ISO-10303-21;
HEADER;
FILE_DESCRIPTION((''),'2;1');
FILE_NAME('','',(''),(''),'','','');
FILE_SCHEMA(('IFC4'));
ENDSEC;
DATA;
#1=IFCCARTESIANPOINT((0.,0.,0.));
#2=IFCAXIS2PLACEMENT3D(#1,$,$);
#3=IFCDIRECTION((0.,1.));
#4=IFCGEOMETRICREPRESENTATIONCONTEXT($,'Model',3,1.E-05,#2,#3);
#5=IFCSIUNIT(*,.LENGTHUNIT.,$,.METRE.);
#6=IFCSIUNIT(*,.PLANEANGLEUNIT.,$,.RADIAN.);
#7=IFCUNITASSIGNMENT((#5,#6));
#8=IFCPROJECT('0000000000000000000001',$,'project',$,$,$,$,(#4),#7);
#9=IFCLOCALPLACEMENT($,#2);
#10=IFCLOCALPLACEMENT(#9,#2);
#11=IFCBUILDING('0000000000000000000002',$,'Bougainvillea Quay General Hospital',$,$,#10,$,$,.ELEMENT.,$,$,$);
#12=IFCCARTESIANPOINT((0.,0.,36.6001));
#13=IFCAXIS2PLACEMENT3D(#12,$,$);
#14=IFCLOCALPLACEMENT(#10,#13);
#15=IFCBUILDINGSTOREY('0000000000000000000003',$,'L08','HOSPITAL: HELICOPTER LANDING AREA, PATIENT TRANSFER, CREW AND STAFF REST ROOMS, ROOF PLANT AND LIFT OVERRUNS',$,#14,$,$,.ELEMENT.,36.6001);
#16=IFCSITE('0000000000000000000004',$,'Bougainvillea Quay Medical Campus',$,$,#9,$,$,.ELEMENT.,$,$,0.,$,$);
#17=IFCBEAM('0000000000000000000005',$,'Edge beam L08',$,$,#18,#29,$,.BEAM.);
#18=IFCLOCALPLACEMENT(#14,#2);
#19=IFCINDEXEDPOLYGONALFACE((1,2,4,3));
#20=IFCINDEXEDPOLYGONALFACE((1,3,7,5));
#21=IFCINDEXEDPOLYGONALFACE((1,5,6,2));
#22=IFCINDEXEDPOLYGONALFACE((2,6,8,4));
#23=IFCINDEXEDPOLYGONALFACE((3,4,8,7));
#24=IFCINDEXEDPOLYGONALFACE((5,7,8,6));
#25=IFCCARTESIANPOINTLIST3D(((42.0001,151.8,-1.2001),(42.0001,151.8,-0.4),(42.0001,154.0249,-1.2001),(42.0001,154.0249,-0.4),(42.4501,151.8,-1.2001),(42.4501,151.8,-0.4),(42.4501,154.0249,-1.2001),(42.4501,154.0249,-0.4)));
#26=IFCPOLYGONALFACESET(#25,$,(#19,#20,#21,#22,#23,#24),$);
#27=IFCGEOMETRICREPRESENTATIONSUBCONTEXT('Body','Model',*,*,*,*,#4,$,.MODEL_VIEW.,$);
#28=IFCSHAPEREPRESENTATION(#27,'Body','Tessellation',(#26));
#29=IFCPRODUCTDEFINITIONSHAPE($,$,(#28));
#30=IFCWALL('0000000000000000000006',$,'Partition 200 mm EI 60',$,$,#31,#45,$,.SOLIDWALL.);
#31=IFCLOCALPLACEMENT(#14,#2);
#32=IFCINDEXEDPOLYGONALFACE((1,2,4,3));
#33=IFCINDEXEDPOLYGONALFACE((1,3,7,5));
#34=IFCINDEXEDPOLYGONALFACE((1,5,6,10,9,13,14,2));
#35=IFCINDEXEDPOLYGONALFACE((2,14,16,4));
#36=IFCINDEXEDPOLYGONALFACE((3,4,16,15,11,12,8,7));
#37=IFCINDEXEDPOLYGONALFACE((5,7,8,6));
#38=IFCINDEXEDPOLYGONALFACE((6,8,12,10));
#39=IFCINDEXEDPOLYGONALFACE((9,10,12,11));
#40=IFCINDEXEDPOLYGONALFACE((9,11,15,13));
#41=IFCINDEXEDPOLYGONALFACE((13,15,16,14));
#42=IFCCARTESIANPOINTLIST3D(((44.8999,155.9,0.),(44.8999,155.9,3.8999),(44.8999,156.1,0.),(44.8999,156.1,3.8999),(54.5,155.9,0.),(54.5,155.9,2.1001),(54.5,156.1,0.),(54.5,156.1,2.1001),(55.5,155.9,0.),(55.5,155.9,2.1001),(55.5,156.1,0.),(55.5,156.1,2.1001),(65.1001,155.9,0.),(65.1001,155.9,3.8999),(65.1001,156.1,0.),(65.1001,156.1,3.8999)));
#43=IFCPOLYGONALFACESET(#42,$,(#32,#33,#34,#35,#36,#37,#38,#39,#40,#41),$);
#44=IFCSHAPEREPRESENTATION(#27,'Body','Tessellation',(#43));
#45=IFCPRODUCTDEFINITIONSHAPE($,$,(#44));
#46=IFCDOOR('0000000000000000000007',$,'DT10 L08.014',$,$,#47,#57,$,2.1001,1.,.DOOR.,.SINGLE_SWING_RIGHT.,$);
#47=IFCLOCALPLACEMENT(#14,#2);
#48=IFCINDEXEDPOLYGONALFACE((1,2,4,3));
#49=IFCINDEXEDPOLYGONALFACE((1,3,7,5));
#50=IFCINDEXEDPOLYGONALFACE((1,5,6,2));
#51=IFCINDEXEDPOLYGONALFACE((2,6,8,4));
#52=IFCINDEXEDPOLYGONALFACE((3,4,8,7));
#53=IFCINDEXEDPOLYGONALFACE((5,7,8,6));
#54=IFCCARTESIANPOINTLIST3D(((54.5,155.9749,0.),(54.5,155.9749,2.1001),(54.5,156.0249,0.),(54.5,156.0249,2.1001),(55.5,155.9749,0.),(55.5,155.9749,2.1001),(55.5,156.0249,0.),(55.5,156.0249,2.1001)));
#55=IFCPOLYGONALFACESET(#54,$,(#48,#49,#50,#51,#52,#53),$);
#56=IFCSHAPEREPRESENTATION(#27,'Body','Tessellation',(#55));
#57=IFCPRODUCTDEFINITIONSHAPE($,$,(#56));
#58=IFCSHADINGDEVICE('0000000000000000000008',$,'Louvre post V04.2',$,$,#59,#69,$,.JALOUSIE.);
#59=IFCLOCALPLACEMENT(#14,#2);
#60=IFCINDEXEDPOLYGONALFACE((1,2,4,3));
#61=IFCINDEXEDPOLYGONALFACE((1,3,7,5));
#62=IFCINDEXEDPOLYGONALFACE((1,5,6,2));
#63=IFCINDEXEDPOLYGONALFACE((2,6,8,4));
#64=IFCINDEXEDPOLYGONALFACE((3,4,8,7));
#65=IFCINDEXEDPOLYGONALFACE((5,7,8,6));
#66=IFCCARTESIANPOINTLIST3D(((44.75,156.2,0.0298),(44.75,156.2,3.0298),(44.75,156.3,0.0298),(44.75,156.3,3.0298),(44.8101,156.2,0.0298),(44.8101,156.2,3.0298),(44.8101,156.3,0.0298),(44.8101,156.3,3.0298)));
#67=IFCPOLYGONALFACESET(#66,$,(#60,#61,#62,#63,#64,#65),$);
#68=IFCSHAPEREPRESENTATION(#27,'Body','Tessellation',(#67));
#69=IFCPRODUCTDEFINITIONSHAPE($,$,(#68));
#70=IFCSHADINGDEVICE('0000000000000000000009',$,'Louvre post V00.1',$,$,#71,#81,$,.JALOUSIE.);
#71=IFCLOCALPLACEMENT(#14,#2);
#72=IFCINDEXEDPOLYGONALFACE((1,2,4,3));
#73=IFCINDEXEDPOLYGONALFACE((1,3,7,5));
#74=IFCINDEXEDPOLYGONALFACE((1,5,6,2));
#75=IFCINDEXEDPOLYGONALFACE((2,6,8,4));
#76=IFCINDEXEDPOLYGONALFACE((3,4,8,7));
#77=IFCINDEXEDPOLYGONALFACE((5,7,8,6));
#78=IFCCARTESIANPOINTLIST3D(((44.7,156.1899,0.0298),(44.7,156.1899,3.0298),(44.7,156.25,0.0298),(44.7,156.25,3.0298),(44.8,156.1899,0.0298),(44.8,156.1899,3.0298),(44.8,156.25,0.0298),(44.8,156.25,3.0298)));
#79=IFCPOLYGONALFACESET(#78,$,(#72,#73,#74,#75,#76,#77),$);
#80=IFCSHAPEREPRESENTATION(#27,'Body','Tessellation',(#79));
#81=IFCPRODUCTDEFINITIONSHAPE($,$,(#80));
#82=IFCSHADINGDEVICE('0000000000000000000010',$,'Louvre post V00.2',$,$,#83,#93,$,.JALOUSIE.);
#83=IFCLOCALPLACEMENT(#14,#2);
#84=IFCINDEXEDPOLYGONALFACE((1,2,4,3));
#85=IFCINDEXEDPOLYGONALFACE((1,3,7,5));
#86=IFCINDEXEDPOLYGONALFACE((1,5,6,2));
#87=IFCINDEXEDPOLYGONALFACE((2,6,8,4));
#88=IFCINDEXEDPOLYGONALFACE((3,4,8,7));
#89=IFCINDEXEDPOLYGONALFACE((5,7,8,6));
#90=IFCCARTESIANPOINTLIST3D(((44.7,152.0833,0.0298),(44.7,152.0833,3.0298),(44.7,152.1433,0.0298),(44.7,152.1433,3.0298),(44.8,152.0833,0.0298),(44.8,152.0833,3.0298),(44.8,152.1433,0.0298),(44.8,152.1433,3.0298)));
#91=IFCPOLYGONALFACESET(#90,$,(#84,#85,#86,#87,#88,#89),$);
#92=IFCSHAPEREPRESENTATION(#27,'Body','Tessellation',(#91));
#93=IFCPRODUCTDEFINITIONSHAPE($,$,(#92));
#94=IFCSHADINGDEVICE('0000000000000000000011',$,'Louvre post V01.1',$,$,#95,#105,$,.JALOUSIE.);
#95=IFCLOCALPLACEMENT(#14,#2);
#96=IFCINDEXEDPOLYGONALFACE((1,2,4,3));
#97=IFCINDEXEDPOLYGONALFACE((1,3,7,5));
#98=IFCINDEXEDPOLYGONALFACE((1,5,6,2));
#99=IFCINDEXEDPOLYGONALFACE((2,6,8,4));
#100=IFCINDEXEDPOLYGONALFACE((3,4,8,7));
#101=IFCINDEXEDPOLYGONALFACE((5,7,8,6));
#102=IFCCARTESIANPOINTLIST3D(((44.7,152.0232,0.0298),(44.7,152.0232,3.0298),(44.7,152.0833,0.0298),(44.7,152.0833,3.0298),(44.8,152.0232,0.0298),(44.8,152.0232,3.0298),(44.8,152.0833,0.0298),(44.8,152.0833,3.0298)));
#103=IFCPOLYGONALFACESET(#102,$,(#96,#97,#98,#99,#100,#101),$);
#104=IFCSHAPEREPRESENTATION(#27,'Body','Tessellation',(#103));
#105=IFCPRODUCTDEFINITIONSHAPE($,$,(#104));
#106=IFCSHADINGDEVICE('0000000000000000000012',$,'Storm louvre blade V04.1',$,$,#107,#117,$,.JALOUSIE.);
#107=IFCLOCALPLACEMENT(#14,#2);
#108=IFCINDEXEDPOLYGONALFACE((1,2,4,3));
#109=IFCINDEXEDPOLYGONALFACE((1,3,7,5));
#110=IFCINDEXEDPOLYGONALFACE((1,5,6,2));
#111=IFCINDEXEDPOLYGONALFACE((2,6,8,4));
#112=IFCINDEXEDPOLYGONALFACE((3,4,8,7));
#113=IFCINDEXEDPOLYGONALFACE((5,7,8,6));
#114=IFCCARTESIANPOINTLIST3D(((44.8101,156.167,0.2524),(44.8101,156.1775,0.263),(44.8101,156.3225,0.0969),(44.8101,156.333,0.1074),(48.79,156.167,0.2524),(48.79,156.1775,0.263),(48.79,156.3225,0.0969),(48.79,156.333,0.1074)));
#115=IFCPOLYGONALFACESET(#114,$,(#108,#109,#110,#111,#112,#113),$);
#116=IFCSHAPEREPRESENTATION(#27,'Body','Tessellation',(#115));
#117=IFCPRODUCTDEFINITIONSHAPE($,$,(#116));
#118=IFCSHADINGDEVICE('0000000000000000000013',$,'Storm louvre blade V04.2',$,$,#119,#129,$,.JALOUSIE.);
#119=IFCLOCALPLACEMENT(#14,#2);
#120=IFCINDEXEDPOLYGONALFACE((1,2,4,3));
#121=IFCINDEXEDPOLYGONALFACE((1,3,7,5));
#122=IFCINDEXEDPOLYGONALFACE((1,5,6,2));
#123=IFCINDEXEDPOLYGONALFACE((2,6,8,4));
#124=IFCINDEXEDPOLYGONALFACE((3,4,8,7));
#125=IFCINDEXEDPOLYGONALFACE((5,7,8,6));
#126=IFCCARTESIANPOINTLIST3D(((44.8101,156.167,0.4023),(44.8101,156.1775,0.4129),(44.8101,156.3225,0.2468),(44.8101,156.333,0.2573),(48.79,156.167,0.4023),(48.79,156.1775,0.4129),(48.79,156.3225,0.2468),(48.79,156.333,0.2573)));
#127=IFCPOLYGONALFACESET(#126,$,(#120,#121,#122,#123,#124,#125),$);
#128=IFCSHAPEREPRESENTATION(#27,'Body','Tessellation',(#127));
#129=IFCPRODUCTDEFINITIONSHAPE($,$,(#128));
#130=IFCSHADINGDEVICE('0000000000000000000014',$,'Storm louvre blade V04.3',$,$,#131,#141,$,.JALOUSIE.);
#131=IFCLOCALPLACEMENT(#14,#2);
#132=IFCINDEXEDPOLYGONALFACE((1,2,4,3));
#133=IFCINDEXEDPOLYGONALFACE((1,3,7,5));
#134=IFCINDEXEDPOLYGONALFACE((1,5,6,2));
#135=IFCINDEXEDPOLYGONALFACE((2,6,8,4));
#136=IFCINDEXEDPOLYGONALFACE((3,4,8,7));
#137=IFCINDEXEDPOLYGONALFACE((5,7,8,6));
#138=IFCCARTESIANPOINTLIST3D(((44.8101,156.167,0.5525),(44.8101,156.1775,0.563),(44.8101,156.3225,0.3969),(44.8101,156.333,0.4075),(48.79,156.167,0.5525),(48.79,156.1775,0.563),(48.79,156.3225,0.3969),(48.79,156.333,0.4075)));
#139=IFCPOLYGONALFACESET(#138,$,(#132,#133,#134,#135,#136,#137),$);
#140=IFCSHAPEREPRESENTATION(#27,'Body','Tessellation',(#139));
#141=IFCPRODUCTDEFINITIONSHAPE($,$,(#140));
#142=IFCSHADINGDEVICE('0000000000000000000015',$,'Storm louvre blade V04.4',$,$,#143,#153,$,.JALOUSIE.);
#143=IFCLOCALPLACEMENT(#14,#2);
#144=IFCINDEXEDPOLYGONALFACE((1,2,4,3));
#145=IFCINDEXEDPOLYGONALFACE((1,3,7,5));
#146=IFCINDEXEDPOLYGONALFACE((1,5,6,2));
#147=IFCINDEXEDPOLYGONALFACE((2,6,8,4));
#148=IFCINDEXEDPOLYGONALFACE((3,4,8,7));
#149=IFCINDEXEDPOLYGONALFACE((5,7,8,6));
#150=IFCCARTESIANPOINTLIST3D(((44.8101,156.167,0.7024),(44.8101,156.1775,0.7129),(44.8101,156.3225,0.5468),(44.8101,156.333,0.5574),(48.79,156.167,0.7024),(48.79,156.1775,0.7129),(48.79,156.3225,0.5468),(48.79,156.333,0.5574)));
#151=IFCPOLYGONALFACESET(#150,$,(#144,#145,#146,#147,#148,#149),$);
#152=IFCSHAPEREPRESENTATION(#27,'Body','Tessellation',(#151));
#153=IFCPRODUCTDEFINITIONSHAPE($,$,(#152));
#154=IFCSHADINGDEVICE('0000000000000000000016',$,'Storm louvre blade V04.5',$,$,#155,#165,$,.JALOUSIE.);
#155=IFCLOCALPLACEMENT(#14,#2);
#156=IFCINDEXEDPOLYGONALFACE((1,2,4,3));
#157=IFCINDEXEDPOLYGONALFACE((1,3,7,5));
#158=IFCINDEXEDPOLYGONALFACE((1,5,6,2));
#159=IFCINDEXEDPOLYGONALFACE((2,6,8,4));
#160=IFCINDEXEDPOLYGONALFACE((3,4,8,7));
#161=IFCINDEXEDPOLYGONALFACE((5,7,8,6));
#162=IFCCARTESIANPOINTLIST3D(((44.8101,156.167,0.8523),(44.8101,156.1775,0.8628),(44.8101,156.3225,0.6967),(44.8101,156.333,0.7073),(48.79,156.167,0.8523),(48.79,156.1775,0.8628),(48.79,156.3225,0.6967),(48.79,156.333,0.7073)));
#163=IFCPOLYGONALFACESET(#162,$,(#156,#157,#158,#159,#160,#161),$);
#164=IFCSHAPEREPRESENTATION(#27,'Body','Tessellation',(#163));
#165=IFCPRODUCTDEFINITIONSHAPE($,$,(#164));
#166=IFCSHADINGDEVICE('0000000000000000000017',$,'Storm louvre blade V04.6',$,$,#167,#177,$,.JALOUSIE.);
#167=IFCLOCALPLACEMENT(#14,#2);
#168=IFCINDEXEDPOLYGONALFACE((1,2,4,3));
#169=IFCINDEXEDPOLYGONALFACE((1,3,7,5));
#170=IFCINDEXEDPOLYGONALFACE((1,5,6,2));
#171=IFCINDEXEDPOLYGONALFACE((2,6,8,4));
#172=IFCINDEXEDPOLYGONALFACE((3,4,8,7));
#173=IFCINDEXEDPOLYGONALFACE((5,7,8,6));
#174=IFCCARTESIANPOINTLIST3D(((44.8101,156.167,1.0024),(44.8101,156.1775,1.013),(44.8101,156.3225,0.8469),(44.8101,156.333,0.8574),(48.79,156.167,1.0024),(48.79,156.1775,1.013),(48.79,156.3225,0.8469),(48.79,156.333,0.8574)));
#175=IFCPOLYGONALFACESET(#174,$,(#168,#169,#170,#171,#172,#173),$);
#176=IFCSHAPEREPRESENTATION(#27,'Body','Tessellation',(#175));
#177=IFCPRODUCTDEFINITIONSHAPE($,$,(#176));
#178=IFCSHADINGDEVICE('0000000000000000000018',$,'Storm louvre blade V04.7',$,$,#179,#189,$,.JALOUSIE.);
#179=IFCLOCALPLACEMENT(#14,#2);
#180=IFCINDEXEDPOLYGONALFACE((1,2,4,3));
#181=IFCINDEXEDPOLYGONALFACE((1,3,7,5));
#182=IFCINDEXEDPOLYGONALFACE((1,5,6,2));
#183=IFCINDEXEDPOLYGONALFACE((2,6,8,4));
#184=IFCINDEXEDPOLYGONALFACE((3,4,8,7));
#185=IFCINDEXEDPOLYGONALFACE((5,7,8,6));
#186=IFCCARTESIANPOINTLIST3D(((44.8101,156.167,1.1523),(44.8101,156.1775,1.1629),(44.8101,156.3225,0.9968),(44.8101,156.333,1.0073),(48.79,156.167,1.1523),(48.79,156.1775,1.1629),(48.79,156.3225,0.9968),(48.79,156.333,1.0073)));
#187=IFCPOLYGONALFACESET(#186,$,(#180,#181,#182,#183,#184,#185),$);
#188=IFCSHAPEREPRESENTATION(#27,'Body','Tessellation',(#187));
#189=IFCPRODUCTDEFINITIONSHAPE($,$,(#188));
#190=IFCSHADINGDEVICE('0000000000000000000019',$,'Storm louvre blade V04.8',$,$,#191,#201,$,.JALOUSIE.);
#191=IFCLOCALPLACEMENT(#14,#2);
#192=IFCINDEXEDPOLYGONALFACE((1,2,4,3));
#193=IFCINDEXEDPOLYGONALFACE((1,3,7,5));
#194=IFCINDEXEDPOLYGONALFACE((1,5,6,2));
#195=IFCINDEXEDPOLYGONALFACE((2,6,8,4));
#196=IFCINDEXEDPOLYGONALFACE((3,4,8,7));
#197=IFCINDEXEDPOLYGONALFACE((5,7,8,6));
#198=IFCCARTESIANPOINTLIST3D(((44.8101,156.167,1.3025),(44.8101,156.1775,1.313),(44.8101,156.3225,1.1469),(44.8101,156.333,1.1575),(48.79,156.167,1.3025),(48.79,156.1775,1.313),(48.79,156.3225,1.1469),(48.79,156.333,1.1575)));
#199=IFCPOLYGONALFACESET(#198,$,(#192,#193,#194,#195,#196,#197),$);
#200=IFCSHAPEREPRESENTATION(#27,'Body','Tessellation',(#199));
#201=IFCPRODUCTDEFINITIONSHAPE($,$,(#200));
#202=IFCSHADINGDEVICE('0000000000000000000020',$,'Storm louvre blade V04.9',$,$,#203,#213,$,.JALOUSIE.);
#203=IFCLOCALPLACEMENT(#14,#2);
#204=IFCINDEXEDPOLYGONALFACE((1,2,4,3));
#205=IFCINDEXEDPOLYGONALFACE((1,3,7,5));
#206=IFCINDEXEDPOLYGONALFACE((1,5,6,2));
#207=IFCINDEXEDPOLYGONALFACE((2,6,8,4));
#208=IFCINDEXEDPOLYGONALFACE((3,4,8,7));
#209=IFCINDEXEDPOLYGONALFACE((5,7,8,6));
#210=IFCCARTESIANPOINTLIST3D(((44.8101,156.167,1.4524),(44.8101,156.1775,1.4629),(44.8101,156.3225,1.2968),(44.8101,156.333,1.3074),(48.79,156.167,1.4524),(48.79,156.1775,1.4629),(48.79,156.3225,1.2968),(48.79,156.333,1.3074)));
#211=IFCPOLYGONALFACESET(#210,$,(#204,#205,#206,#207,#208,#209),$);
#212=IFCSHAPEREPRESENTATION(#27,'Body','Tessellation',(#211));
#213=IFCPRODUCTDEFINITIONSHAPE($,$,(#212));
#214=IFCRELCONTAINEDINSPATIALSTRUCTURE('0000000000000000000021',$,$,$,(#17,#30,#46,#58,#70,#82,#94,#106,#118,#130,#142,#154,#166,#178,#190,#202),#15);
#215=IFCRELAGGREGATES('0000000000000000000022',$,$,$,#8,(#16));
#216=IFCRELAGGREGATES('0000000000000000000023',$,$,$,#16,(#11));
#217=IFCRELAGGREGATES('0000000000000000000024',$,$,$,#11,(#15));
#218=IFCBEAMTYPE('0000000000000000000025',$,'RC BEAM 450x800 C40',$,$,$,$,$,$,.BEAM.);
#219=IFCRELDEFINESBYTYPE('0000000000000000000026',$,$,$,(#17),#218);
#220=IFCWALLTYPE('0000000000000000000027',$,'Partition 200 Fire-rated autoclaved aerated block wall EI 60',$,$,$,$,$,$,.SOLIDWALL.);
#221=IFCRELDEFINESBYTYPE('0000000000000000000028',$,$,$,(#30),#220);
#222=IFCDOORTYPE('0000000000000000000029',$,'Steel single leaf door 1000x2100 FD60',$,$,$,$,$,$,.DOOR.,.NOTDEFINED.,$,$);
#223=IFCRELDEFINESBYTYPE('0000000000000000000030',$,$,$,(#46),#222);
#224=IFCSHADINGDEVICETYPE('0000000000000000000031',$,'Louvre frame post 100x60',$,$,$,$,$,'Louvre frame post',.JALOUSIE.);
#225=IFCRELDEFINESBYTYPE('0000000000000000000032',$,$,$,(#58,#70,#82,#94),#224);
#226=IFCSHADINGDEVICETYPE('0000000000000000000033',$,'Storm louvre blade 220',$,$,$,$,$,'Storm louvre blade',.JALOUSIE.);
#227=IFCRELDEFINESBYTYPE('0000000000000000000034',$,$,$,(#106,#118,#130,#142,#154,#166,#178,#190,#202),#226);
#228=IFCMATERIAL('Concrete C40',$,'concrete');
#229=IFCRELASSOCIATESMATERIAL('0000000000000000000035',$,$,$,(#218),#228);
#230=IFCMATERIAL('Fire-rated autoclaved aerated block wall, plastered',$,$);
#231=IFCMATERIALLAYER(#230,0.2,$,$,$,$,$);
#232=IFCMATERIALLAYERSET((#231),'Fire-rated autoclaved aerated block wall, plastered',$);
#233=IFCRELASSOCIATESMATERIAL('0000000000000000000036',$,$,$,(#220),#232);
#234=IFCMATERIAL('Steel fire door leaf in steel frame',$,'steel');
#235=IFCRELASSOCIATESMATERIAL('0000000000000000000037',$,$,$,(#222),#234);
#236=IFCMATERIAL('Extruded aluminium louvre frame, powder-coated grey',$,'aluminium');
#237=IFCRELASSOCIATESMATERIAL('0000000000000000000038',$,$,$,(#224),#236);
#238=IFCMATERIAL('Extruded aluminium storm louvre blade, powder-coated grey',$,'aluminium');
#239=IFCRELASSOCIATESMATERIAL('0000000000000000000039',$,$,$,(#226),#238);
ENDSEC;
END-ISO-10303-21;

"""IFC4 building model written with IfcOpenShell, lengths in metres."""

from ifc_helpers import new_model, si_unit, direction, frame, frame_2d, origin, origin_2d, place, context, subcontext, project, spatial, rectangle, extrude, material, layer, layer_set, material_profile, profile_set, type_object, element, fill, save


model = new_model("IFC4")

# Units and contexts
model_context = context("Model", 3, precision=1e-05, world=origin(), true_north=direction((0.0, 1.0)))
body_context = subcontext(model_context, "Body", "Model", "MODEL_VIEW")
ifc_project = project(units=[si_unit("LENGTHUNIT", "METRE"), si_unit("PLANEANGLEUNIT", "RADIAN")], contexts=[model_context])

# Site, building, storey
site_placement = place(None, origin())
site = spatial("IfcSite", under=ifc_project, at=site_placement, Name="Bougainvillea Quay Medical Campus", CompositionType="ELEMENT", RefElevation=0.0)
building_placement = place(site_placement, origin())
building = spatial("IfcBuilding", under=site, at=building_placement, Name="Bougainvillea Quay General Hospital", CompositionType="ELEMENT")
storey_placement = place(building_placement, frame((0.0, 0.0, 36.6001)))
storey = spatial("IfcBuildingStorey", under=building, at=storey_placement, Name="L08", Description="HOSPITAL: HELICOPTER LANDING AREA, PATIENT TRANSFER, CREW AND STAFF REST ROOMS, ROOF PLANT AND LIFT OVERRUNS", CompositionType="ELEMENT", Elevation=36.6001)

# Beam
ifc_material_1 = material(Name="Concrete C40", Category="concrete")
ifc_material_profile_1 = material_profile(ifc_material_1, rectangle(XDim=0.45, YDim=0.8, at=origin_2d()))
ifc_profile_set_1 = profile_set([ifc_material_profile_1], Name="Concrete C40")
beam_type = type_object("IfcBeamType", Name="RC BEAM 450x800 C40", PredefinedType="BEAM", material=ifc_profile_set_1)
beam_placement = place(storey_placement, frame((42.2251, 154.0249, -0.8), z_axis=(0.0, -1.0, 0.0), x_axis=(1.0, 0.0, 0.0)))
element("IfcBeam", 1, at=beam_placement, inside=storey, type_object=beam_type, Name="Edge beam L08", PredefinedType="BEAM", context=body_context, shape_type="SweptSolid", body=[
    extrude(rectangle(XDim=0.45, YDim=0.8, at=origin_2d()), origin(), (0.0, 0.0, 1.0), 2.2249),
])

# Wall, opening, door
ifc_material_2 = material(Name="Fire-rated autoclaved aerated block wall, plastered")
ifc_layer = layer(ifc_material_2, 0.2)
ifc_layer_set = layer_set([ifc_layer], Name="Fire-rated autoclaved aerated block wall, plastered")
wall_type = type_object("IfcWallType", Name="Partition 200 Fire-rated autoclaved aerated block wall EI 60", PredefinedType="SOLIDWALL", material=ifc_layer_set)
wall_placement = place(storey_placement, frame((44.8999, 156.0, 0.0), z_axis=(0.0, 0.0, 1.0), x_axis=(1.0, 0.0, 0.0)))
wall = element("IfcWall", 2, at=wall_placement, inside=storey, type_object=wall_type, Name="Partition 200 mm EI 60", PredefinedType="SOLIDWALL", context=body_context, shape_type="SweptSolid", body=[
    extrude(rectangle(XDim=20.2002, YDim=0.2, at=frame_2d((10.1001, 0.0))), origin(), (0.0, 0.0, 1.0), 3.8999),
])
opening_placement = place(wall_placement, frame((9.6001, 0.0, 0.0)))
opening = element("IfcOpeningElement", 3, at=opening_placement, cuts=wall, PredefinedType="OPENING", context=body_context, shape_type="SweptSolid", body=[
    extrude(rectangle(XDim=1.0, YDim=2.1001, at=frame_2d((0.5, 1.05))), frame((0.0, 0.1099, 0.0), z_axis=(0.0, -1.0, 0.0), x_axis=(1.0, 0.0, 0.0)), (0.0, 0.0, 1.0), 0.22),
])
ifc_material_3 = material(Name="Steel fire door leaf in steel frame", Category="steel")
door_type = type_object("IfcDoorType", Name="Steel single leaf door 1000x2100 FD60", OperationType="NOTDEFINED", PredefinedType="DOOR", material=ifc_material_3)
door_placement = place(opening_placement, origin())
door = element("IfcDoor", 4, at=door_placement, inside=storey, type_object=door_type, Name="DT10 L08.014", OperationType="SINGLE_SWING_RIGHT", OverallHeight=2.1001, OverallWidth=1.0, PredefinedType="DOOR", context=body_context, shape_type="SweptSolid", body=[
    extrude(rectangle(XDim=1.0, YDim=2.1001, at=frame_2d((0.5, 1.05))), frame((0.0, 0.0249, 0.0), z_axis=(0.0, -1.0, 0.0), x_axis=(1.0, 0.0, 0.0)), (0.0, 0.0, 1.0), 0.05),
])
fill(opening, door)

# Shading devices
ifc_material_4 = material(Name="Extruded aluminium louvre frame, powder-coated grey", Category="aluminium")
ifc_material_profile_2 = material_profile(ifc_material_4, rectangle(XDim=0.1001, YDim=0.0601, at=origin_2d()))
ifc_profile_set_2 = profile_set([ifc_material_profile_2], Name="Extruded aluminium louvre frame, powder-coated grey")
shading_device_type_1 = type_object("IfcShadingDeviceType", Name="Louvre frame post 100x60", ElementType="Louvre frame post", PredefinedType="JALOUSIE", material=ifc_profile_set_2)
for number, where, z_axis, x_axis, name in (
    (5, (44.78, 156.25, 0.0298), (0.0, 0.0, 1.0), (0.0, -1.0, 0.0), "Louvre post V04.2"),
    (6, (44.75, 156.22, 0.0298), (0.0, 0.0, 1.0), (1.0, 0.0, 0.0), "Louvre post V00.1"),
    (7, (44.75, 152.1133, 0.0298), (0.0, 0.0, 1.0), (1.0, 0.0, 0.0), "Louvre post V00.2"),
    (8, (44.75, 152.0532, 0.0298), (0.0, 0.0, 1.0), (1.0, 0.0, 0.0), "Louvre post V01.1"),
):
    element("IfcShadingDevice", number, at=place(storey_placement, frame(where, z_axis=z_axis, x_axis=x_axis)), inside=storey, type_object=shading_device_type_1, Name=name, PredefinedType="JALOUSIE", context=body_context, shape_type="SweptSolid", body=[
        extrude(rectangle(XDim=0.1001, YDim=0.0601, at=origin_2d()), origin(), (0.0, 0.0, 1.0), 3.0),
    ])
ifc_material_5 = material(Name="Extruded aluminium storm louvre blade, powder-coated grey", Category="aluminium")
ifc_material_profile_3 = material_profile(ifc_material_5, rectangle(XDim=0.22, YDim=0.0149, at=origin_2d()))
ifc_profile_set_3 = profile_set([ifc_material_profile_3], Name="Extruded aluminium storm louvre blade, powder-coated grey")
shading_device_type_2 = type_object("IfcShadingDeviceType", Name="Storm louvre blade 220", ElementType="Storm louvre blade", PredefinedType="JALOUSIE", material=ifc_profile_set_3)
for number, where, z_axis, x_axis, name in (
    (9, (48.79, 156.25, 0.1799), (-1.0, 0.0, 0.0), (0.0, -0.707107, 0.707107), "Storm louvre blade V04.1"),
    (10, (48.79, 156.25, 0.3298), (-1.0, 0.0, 0.0), (0.0, -0.707107, 0.707107), "Storm louvre blade V04.2"),
    (11, (48.79, 156.25, 0.48), (-1.0, 0.0, 0.0), (0.0, -0.707107, 0.707107), "Storm louvre blade V04.3"),
    (12, (48.79, 156.25, 0.6299), (-1.0, 0.0, 0.0), (0.0, -0.707107, 0.707107), "Storm louvre blade V04.4"),
    (13, (48.79, 156.25, 0.7798), (-1.0, 0.0, 0.0), (0.0, -0.707107, 0.707107), "Storm louvre blade V04.5"),
    (14, (48.79, 156.25, 0.9299), (-1.0, 0.0, 0.0), (0.0, -0.707107, 0.707107), "Storm louvre blade V04.6"),
    (15, (48.79, 156.25, 1.0798), (-1.0, 0.0, 0.0), (0.0, -0.707107, 0.707107), "Storm louvre blade V04.7"),
    (16, (48.79, 156.25, 1.23), (-1.0, 0.0, 0.0), (0.0, -0.707107, 0.707107), "Storm louvre blade V04.8"),
    (17, (48.79, 156.25, 1.3799), (-1.0, 0.0, 0.0), (0.0, -0.707107, 0.707107), "Storm louvre blade V04.9"),
):
    element("IfcShadingDevice", number, at=place(storey_placement, frame(where, z_axis=z_axis, x_axis=x_axis)), inside=storey, type_object=shading_device_type_2, Name=name, PredefinedType="JALOUSIE", context=body_context, shape_type="SweptSolid", body=[
        extrude(rectangle(XDim=0.22, YDim=0.0149, at=origin_2d()), origin(), (0.0, 0.0, 1.0), 3.98),
    ])

save(model, "model.ifc")
